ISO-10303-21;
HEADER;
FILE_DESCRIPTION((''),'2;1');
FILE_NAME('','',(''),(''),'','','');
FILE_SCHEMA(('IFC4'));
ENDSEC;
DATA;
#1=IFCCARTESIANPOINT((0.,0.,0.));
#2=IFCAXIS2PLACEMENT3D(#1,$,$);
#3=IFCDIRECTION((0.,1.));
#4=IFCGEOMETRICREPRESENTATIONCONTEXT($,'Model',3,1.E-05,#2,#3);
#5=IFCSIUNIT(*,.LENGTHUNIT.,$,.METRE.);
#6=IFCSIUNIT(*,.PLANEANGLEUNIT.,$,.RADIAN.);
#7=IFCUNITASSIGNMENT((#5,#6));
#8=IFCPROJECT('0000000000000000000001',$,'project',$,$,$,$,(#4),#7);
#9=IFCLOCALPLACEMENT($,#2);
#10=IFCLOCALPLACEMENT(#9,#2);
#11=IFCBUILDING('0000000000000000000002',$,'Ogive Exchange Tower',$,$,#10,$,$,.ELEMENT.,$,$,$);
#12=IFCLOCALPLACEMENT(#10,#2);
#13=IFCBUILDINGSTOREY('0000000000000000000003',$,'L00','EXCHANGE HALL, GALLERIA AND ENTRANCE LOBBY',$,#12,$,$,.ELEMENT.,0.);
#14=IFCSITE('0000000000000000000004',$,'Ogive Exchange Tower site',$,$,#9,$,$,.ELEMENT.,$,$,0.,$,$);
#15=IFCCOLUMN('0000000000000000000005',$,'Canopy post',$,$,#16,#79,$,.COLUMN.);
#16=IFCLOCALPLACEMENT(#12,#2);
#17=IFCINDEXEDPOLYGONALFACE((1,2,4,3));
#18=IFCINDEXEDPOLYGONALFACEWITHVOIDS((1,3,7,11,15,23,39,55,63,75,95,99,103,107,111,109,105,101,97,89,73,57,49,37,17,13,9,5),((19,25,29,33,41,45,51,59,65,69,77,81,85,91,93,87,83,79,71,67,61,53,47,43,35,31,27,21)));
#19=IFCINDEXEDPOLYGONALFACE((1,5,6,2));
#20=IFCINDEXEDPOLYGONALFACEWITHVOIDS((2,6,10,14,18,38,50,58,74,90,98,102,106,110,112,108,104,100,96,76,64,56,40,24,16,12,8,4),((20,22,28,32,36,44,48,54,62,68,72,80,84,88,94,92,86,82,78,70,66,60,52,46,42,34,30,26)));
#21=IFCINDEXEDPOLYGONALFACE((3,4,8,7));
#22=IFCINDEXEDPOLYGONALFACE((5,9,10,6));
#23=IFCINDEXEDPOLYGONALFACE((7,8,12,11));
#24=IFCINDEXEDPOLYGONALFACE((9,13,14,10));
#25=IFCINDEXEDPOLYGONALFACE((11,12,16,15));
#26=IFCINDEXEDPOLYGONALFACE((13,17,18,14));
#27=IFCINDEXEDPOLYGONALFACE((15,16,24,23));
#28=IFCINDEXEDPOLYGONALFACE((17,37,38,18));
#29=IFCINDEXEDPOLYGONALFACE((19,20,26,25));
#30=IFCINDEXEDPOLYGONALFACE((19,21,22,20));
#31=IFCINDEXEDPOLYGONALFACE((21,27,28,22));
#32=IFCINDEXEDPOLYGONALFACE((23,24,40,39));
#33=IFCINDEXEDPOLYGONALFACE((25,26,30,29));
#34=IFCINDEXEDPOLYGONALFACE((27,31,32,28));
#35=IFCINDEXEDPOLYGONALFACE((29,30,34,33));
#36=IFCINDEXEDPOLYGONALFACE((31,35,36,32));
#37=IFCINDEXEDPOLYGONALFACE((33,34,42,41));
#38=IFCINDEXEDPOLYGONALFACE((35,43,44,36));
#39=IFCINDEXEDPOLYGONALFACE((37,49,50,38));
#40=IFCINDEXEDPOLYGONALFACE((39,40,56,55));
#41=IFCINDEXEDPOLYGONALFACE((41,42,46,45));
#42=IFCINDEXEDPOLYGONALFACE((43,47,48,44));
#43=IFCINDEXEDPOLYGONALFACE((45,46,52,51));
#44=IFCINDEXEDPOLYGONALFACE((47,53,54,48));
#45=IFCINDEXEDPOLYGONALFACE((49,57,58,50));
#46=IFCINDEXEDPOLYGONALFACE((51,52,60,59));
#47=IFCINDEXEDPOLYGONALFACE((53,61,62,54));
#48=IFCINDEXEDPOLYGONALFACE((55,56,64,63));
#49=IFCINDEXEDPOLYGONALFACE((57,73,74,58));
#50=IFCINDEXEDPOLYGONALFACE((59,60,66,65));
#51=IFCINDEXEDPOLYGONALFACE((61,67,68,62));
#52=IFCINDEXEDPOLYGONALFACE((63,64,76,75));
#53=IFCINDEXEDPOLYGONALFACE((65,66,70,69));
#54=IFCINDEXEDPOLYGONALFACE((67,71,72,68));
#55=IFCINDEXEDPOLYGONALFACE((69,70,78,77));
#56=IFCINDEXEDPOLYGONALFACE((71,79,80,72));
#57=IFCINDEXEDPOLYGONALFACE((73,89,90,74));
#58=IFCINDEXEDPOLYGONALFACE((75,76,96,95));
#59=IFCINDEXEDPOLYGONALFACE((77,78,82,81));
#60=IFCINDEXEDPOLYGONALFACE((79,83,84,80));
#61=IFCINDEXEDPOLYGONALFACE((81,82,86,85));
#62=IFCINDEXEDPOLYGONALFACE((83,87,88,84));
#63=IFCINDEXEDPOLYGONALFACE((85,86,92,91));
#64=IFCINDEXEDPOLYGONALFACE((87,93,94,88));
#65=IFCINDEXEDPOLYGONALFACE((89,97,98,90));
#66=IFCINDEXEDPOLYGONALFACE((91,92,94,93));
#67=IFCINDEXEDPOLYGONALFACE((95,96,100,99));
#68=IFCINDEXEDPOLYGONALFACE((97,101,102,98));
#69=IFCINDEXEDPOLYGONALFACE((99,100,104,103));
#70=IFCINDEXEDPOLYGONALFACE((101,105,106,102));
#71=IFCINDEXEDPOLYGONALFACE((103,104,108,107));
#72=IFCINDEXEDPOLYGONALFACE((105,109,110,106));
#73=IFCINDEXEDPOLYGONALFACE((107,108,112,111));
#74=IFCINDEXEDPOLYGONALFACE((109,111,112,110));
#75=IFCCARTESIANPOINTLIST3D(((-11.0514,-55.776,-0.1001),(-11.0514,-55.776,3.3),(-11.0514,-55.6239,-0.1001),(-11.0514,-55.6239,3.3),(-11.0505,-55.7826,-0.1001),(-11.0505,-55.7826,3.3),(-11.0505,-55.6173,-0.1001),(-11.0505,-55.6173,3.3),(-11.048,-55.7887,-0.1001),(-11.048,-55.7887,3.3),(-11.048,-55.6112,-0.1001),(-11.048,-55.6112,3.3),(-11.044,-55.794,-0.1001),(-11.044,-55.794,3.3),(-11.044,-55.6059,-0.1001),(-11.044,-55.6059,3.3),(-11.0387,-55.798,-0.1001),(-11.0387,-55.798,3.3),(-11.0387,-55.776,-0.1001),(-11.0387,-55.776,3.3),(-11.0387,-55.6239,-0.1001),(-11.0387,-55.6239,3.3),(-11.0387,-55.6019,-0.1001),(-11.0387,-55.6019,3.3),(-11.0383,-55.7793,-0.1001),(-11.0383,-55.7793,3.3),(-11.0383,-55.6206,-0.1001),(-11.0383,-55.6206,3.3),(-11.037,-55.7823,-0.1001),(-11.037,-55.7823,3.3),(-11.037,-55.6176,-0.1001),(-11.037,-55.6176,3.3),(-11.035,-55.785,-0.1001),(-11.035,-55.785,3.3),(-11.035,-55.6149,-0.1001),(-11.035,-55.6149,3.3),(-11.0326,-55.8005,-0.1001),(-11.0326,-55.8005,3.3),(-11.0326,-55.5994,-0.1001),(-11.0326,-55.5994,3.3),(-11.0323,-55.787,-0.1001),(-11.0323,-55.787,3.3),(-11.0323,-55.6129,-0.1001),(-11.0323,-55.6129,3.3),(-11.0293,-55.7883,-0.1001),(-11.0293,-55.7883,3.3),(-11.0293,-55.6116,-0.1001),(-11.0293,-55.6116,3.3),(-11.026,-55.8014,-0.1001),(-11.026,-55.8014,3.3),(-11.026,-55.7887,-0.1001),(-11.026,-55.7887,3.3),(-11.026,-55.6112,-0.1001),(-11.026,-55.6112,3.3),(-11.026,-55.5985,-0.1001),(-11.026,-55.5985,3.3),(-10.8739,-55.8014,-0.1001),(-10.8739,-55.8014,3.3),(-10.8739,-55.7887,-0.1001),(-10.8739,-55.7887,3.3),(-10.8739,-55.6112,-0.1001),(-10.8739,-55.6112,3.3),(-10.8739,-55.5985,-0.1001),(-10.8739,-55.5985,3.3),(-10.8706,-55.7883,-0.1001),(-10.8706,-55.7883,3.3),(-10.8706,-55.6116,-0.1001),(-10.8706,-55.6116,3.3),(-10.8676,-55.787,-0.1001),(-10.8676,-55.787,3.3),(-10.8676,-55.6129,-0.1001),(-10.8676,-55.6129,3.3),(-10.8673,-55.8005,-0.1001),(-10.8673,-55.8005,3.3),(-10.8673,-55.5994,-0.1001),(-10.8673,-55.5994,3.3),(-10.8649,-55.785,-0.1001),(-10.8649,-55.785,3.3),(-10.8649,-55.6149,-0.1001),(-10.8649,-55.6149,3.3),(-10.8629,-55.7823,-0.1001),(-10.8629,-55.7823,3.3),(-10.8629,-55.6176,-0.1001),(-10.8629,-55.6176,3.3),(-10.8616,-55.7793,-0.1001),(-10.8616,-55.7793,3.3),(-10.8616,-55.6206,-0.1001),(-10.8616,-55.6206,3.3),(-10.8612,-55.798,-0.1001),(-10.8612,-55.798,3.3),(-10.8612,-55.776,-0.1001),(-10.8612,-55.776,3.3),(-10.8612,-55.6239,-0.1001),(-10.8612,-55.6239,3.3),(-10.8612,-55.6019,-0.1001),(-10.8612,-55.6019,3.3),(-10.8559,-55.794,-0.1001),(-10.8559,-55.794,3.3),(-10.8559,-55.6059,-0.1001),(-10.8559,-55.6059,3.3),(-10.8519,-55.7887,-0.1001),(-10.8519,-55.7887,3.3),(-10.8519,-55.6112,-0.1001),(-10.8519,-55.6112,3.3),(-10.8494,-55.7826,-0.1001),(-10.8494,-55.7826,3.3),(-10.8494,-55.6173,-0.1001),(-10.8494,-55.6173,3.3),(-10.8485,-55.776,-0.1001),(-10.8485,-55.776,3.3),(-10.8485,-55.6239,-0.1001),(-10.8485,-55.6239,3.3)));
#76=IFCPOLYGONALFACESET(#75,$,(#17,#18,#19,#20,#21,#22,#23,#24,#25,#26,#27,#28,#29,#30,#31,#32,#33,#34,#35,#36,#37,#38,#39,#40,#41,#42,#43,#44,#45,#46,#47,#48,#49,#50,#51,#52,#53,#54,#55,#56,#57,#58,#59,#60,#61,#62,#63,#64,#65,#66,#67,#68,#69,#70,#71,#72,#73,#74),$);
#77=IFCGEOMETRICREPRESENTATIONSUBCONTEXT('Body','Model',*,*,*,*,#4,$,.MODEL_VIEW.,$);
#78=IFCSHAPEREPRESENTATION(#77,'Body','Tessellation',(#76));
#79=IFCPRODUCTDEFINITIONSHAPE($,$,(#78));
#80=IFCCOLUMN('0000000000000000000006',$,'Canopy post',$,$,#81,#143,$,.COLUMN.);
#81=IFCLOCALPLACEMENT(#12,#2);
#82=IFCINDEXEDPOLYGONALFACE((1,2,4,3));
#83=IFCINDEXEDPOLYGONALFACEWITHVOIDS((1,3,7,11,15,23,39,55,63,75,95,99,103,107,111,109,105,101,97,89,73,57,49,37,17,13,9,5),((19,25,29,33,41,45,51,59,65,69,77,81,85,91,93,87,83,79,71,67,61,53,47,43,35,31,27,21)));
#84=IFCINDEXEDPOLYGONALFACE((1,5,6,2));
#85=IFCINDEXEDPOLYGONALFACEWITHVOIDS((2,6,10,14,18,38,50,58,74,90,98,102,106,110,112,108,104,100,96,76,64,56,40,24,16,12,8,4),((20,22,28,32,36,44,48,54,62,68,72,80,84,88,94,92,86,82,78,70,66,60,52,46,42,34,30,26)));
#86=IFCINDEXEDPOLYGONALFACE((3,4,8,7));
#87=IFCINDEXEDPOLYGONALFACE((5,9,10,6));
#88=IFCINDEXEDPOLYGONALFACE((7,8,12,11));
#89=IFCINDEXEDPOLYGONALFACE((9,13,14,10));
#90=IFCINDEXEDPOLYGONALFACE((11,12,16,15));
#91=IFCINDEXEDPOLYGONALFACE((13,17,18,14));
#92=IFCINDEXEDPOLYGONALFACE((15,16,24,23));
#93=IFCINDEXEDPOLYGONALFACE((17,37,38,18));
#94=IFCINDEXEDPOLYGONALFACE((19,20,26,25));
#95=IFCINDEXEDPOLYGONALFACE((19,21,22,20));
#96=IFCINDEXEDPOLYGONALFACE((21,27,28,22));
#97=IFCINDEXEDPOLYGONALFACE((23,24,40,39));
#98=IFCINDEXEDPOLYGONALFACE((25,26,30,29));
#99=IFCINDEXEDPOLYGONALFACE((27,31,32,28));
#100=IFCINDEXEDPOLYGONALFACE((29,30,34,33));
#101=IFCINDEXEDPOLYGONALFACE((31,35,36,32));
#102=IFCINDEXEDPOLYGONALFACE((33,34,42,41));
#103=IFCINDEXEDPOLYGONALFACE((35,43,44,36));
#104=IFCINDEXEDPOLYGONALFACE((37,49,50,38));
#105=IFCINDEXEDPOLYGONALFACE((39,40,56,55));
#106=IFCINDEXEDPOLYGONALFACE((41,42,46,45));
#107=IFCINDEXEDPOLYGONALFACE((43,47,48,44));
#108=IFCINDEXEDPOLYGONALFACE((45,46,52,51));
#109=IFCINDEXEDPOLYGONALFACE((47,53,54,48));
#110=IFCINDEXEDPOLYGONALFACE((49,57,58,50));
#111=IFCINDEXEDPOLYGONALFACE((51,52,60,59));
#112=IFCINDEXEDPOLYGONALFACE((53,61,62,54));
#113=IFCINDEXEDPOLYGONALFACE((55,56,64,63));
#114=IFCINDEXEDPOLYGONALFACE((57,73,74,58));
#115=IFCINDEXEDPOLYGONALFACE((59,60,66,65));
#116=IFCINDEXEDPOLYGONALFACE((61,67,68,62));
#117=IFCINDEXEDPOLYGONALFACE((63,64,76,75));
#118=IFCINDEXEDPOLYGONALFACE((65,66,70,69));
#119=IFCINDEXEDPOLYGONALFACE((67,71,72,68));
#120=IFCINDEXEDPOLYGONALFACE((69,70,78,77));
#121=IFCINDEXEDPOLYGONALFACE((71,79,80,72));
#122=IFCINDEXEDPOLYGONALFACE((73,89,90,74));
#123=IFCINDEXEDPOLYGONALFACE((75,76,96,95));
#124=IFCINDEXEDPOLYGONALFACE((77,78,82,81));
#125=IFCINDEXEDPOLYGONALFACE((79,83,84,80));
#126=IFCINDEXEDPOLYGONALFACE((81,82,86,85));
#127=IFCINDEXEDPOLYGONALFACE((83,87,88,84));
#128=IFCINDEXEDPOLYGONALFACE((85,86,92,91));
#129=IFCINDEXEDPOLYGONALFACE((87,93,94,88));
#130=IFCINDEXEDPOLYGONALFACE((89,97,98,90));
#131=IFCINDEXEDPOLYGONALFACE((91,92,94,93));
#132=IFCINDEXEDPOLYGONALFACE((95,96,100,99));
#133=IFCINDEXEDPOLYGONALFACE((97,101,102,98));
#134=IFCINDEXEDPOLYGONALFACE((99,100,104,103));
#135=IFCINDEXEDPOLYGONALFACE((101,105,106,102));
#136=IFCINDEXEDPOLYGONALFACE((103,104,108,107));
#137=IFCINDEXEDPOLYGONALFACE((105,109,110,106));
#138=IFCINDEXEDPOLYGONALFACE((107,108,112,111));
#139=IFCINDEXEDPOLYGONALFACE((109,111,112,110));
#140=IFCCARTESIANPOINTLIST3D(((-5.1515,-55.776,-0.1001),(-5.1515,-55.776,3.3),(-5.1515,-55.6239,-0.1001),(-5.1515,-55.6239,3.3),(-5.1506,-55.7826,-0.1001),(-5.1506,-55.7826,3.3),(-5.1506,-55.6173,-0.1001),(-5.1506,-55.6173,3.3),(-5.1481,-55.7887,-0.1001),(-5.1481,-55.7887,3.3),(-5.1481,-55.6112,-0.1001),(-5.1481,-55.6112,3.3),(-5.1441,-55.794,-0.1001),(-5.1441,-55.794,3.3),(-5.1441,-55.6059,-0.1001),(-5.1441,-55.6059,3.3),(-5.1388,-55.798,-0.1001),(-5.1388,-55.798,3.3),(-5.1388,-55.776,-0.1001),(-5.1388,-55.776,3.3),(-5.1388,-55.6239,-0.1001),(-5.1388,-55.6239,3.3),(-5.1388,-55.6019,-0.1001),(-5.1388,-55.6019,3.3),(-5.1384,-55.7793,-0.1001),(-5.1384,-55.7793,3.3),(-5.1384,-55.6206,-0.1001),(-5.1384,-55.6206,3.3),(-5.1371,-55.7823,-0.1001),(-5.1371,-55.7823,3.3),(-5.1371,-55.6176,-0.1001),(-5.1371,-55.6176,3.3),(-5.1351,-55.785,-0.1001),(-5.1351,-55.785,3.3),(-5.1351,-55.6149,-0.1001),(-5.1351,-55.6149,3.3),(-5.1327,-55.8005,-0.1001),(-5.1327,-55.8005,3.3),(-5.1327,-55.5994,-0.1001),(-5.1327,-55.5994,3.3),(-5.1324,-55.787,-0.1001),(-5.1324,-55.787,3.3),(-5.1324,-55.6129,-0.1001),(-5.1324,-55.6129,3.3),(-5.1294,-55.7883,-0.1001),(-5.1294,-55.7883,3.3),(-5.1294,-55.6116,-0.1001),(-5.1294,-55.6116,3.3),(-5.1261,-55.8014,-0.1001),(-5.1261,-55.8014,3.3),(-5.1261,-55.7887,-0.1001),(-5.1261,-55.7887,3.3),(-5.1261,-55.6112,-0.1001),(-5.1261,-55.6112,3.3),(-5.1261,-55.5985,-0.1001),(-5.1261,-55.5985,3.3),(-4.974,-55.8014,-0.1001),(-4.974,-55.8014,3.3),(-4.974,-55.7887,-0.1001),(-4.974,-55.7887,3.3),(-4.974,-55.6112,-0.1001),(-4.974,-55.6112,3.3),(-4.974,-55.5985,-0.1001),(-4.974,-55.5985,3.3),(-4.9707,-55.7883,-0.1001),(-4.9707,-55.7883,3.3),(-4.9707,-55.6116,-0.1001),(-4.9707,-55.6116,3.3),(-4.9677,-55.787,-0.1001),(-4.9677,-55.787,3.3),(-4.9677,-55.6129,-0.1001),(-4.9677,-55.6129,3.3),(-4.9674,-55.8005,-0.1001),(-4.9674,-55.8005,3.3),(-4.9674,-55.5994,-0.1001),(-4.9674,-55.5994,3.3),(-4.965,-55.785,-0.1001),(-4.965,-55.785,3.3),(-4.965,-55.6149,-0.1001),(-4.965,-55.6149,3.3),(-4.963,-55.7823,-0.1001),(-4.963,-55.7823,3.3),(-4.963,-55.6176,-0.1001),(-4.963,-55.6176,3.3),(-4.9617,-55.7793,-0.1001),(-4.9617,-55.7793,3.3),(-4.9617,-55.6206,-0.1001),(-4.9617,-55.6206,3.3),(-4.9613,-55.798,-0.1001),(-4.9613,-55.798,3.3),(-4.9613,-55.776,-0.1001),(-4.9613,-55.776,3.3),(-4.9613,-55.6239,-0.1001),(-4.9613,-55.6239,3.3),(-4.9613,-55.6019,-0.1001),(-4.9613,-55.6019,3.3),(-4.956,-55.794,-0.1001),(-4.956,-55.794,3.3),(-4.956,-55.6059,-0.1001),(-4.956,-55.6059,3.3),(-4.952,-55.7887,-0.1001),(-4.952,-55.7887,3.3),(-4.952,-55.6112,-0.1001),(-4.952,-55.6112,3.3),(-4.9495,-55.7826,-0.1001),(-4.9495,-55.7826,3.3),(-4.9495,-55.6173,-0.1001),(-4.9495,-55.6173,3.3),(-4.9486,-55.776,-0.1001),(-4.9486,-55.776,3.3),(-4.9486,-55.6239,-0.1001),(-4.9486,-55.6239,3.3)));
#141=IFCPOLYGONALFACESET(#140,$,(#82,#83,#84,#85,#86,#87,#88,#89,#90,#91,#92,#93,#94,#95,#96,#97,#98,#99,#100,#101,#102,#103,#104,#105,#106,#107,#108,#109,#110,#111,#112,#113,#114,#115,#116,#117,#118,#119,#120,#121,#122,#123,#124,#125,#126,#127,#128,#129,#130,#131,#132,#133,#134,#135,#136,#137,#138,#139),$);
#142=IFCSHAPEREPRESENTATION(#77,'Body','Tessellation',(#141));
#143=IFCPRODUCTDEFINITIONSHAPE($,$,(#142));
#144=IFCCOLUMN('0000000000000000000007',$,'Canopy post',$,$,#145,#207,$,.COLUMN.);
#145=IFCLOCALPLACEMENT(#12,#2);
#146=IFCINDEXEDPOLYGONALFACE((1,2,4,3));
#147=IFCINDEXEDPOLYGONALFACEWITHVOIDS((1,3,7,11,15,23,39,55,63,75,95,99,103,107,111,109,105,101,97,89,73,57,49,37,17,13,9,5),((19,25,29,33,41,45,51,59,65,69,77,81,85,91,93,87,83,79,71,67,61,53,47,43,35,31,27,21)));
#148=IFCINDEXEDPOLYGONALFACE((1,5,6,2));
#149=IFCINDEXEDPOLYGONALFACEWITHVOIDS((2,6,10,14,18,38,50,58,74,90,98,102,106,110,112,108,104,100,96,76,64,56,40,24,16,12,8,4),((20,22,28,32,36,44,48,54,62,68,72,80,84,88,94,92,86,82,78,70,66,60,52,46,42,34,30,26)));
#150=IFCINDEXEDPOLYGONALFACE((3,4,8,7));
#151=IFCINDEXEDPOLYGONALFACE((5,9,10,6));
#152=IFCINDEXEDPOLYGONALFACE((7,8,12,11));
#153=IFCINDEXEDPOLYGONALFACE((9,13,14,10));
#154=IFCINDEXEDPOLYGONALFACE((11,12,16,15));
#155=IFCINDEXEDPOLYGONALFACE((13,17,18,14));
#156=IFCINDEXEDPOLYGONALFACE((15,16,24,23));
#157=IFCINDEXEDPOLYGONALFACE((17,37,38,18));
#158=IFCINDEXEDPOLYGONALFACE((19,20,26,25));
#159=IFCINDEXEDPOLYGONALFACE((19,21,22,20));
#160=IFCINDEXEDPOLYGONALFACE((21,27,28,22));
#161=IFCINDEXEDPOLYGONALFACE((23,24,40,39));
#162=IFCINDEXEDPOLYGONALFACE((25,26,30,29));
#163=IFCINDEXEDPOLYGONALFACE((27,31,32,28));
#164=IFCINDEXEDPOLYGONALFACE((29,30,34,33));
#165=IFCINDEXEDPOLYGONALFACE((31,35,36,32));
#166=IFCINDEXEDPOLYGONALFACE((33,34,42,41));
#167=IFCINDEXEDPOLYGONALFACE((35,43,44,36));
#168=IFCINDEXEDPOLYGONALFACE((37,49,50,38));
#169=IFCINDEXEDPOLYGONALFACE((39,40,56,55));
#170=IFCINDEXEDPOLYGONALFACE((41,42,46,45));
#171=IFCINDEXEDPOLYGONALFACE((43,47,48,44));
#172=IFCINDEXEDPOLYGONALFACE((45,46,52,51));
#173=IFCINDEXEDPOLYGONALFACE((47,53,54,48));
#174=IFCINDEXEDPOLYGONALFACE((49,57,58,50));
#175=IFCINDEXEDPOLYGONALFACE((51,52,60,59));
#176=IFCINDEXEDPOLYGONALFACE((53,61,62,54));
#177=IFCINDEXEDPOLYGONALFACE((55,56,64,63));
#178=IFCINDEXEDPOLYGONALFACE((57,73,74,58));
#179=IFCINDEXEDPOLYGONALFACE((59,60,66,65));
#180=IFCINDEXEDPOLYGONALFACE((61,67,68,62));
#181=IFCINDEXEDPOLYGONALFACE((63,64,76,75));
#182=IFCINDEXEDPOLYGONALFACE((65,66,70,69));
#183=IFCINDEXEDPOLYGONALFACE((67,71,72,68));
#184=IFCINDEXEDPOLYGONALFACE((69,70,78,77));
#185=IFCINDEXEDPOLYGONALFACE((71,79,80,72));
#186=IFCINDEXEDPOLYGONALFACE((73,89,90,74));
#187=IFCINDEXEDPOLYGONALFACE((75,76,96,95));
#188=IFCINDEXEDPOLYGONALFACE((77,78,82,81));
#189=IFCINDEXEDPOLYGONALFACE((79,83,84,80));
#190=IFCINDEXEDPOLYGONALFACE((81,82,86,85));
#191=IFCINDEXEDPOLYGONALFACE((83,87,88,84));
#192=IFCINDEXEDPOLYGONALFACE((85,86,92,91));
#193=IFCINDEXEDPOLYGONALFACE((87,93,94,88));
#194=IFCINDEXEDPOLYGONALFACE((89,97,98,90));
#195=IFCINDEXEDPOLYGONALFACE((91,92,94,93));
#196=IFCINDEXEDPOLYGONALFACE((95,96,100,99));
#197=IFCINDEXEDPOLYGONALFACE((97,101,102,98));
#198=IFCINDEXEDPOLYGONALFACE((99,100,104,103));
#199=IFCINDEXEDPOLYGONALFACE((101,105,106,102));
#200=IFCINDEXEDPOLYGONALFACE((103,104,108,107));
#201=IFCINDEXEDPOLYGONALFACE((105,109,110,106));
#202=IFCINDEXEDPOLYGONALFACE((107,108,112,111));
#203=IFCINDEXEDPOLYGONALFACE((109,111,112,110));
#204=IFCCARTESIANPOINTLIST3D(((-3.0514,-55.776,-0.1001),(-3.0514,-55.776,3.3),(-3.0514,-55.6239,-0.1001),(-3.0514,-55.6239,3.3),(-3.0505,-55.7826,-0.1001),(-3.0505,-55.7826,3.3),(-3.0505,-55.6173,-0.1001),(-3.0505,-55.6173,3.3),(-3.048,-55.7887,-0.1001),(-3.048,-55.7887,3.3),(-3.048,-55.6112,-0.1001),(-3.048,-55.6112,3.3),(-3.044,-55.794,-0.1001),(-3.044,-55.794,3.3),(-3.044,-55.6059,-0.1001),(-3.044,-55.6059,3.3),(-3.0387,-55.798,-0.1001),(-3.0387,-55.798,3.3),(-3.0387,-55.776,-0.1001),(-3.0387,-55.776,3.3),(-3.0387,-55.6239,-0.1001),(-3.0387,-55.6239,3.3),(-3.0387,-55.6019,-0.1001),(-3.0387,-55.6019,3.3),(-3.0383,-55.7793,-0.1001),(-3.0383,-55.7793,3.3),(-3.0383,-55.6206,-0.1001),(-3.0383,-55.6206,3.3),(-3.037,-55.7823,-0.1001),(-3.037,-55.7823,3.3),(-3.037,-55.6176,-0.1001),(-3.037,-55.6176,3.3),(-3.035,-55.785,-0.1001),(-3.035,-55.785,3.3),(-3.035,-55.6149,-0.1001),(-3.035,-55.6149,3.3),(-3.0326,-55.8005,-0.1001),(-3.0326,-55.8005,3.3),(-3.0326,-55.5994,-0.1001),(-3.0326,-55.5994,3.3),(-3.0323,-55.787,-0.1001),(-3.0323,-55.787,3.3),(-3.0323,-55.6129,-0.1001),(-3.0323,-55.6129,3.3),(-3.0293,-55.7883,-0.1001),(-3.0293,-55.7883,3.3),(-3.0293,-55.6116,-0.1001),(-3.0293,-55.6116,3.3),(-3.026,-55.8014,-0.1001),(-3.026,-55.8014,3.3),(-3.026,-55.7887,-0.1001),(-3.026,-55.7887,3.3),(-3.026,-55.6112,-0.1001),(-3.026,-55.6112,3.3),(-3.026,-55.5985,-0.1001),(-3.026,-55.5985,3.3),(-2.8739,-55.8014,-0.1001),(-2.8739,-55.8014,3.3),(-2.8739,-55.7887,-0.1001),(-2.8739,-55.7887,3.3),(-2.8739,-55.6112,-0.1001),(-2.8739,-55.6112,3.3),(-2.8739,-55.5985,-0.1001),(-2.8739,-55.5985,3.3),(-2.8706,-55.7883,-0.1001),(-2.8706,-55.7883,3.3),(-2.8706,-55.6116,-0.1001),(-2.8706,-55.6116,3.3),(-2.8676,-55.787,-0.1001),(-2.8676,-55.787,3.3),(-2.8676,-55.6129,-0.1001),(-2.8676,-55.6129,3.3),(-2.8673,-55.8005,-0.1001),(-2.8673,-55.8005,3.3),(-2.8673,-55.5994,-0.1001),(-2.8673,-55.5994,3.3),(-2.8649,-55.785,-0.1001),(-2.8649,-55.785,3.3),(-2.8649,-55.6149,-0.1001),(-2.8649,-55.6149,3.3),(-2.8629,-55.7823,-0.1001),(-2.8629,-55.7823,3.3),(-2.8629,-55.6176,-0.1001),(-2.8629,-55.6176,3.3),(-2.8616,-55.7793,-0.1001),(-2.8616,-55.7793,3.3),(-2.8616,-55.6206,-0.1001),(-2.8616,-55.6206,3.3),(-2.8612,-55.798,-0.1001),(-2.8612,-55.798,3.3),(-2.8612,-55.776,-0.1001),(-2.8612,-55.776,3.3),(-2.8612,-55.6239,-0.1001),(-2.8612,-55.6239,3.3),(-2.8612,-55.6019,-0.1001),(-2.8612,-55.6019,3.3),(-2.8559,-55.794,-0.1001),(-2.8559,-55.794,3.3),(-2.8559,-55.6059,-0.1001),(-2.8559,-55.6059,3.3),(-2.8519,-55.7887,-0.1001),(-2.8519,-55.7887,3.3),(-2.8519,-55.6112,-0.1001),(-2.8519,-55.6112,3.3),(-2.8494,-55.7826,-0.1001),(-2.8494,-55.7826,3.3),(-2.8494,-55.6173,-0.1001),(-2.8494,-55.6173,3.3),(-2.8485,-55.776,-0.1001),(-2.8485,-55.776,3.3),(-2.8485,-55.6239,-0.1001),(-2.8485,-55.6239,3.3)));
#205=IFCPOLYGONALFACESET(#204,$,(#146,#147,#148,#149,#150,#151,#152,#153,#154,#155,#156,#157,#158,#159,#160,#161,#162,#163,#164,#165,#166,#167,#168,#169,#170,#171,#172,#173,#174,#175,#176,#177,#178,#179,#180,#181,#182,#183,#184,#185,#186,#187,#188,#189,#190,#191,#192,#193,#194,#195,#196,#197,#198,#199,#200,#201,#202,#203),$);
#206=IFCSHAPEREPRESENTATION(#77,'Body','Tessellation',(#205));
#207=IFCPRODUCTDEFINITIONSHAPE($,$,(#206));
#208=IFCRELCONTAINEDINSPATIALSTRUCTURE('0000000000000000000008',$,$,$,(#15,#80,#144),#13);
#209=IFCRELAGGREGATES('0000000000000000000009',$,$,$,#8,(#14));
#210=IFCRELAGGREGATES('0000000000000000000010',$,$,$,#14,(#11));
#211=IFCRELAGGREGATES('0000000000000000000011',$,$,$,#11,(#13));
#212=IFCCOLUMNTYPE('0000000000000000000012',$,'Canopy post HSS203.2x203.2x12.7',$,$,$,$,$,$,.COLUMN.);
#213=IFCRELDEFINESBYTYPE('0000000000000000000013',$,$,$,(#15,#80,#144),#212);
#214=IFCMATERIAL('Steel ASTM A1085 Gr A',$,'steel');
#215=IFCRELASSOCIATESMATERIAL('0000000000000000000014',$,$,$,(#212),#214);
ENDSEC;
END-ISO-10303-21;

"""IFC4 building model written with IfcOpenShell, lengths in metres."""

from ifc_helpers import new_model, si_unit, direction, frame, origin, origin_2d, place, context, subcontext, project, spatial, hollow_rectangle, extrude, material, material_profile, profile_set, type_object, element, save


model = new_model("IFC4")

# Units and contexts
model_context = context("Model", 3, precision=1e-05, world=origin(), true_north=direction((0.0, 1.0)))
body_context = subcontext(model_context, "Body", "Model", "MODEL_VIEW")
ifc_project = project(units=[si_unit("LENGTHUNIT", "METRE"), si_unit("PLANEANGLEUNIT", "RADIAN")], contexts=[model_context])

# Site, building, storey
site_placement = place(None, origin())
site = spatial("IfcSite", under=ifc_project, at=site_placement, Name="Ogive Exchange Tower site", CompositionType="ELEMENT", RefElevation=0.0)
building_placement = place(site_placement, origin())
building = spatial("IfcBuilding", under=site, at=building_placement, Name="Ogive Exchange Tower", CompositionType="ELEMENT")
storey_placement = place(building_placement, origin())
storey = spatial("IfcBuildingStorey", under=building, at=storey_placement, Name="L00", Description="EXCHANGE HALL, GALLERIA AND ENTRANCE LOBBY", CompositionType="ELEMENT", Elevation=0.0)

# Columns
ifc_material_1 = material(Name="Steel ASTM A1085 Gr A", Category="steel")
ifc_material_profile_1 = material_profile(ifc_material_1, hollow_rectangle(XDim=0.2029, YDim=0.2029, WallThickness=0.0127, InnerFilletRadius=0.0127, OuterFilletRadius=0.0254, at=origin_2d()), Name="HSS203.2x203.2x12.7")
ifc_profile_set_1 = profile_set([ifc_material_profile_1], Name="Steel ASTM A1085 Gr A")
column_type_1 = type_object("IfcColumnType", Name="Canopy post HSS203.2x203.2x12.7", PredefinedType="COLUMN", material=ifc_profile_set_1)
for number, where, z_axis, x_axis, name in (
    (1, (-10.95, -55.7, -0.1001), (0.0, 0.0, 1.0), (1.0, 0.0, 0.0), "Canopy post"),
    (2, (-5.05, -55.7, -0.1001), (0.0, 0.0, 1.0), (1.0, 0.0, 0.0), "Canopy post"),
    (3, (-2.95, -55.7, -0.1001), (0.0, 0.0, 1.0), (1.0, 0.0, 0.0), "Canopy post"),
):
    element("IfcColumn", number, at=place(storey_placement, frame(where, z_axis=z_axis, x_axis=x_axis)), inside=storey, type_object=column_type_1, Name=name, PredefinedType="COLUMN", context=body_context, shape_type="SweptSolid", body=[
        extrude(hollow_rectangle(XDim=0.2029, YDim=0.2029, WallThickness=0.0127, InnerFilletRadius=0.0127, OuterFilletRadius=0.0254, at=origin_2d()), origin(), (0.0, 0.0, 1.0), 3.4001),
    ])

save(model, "model.ifc")
